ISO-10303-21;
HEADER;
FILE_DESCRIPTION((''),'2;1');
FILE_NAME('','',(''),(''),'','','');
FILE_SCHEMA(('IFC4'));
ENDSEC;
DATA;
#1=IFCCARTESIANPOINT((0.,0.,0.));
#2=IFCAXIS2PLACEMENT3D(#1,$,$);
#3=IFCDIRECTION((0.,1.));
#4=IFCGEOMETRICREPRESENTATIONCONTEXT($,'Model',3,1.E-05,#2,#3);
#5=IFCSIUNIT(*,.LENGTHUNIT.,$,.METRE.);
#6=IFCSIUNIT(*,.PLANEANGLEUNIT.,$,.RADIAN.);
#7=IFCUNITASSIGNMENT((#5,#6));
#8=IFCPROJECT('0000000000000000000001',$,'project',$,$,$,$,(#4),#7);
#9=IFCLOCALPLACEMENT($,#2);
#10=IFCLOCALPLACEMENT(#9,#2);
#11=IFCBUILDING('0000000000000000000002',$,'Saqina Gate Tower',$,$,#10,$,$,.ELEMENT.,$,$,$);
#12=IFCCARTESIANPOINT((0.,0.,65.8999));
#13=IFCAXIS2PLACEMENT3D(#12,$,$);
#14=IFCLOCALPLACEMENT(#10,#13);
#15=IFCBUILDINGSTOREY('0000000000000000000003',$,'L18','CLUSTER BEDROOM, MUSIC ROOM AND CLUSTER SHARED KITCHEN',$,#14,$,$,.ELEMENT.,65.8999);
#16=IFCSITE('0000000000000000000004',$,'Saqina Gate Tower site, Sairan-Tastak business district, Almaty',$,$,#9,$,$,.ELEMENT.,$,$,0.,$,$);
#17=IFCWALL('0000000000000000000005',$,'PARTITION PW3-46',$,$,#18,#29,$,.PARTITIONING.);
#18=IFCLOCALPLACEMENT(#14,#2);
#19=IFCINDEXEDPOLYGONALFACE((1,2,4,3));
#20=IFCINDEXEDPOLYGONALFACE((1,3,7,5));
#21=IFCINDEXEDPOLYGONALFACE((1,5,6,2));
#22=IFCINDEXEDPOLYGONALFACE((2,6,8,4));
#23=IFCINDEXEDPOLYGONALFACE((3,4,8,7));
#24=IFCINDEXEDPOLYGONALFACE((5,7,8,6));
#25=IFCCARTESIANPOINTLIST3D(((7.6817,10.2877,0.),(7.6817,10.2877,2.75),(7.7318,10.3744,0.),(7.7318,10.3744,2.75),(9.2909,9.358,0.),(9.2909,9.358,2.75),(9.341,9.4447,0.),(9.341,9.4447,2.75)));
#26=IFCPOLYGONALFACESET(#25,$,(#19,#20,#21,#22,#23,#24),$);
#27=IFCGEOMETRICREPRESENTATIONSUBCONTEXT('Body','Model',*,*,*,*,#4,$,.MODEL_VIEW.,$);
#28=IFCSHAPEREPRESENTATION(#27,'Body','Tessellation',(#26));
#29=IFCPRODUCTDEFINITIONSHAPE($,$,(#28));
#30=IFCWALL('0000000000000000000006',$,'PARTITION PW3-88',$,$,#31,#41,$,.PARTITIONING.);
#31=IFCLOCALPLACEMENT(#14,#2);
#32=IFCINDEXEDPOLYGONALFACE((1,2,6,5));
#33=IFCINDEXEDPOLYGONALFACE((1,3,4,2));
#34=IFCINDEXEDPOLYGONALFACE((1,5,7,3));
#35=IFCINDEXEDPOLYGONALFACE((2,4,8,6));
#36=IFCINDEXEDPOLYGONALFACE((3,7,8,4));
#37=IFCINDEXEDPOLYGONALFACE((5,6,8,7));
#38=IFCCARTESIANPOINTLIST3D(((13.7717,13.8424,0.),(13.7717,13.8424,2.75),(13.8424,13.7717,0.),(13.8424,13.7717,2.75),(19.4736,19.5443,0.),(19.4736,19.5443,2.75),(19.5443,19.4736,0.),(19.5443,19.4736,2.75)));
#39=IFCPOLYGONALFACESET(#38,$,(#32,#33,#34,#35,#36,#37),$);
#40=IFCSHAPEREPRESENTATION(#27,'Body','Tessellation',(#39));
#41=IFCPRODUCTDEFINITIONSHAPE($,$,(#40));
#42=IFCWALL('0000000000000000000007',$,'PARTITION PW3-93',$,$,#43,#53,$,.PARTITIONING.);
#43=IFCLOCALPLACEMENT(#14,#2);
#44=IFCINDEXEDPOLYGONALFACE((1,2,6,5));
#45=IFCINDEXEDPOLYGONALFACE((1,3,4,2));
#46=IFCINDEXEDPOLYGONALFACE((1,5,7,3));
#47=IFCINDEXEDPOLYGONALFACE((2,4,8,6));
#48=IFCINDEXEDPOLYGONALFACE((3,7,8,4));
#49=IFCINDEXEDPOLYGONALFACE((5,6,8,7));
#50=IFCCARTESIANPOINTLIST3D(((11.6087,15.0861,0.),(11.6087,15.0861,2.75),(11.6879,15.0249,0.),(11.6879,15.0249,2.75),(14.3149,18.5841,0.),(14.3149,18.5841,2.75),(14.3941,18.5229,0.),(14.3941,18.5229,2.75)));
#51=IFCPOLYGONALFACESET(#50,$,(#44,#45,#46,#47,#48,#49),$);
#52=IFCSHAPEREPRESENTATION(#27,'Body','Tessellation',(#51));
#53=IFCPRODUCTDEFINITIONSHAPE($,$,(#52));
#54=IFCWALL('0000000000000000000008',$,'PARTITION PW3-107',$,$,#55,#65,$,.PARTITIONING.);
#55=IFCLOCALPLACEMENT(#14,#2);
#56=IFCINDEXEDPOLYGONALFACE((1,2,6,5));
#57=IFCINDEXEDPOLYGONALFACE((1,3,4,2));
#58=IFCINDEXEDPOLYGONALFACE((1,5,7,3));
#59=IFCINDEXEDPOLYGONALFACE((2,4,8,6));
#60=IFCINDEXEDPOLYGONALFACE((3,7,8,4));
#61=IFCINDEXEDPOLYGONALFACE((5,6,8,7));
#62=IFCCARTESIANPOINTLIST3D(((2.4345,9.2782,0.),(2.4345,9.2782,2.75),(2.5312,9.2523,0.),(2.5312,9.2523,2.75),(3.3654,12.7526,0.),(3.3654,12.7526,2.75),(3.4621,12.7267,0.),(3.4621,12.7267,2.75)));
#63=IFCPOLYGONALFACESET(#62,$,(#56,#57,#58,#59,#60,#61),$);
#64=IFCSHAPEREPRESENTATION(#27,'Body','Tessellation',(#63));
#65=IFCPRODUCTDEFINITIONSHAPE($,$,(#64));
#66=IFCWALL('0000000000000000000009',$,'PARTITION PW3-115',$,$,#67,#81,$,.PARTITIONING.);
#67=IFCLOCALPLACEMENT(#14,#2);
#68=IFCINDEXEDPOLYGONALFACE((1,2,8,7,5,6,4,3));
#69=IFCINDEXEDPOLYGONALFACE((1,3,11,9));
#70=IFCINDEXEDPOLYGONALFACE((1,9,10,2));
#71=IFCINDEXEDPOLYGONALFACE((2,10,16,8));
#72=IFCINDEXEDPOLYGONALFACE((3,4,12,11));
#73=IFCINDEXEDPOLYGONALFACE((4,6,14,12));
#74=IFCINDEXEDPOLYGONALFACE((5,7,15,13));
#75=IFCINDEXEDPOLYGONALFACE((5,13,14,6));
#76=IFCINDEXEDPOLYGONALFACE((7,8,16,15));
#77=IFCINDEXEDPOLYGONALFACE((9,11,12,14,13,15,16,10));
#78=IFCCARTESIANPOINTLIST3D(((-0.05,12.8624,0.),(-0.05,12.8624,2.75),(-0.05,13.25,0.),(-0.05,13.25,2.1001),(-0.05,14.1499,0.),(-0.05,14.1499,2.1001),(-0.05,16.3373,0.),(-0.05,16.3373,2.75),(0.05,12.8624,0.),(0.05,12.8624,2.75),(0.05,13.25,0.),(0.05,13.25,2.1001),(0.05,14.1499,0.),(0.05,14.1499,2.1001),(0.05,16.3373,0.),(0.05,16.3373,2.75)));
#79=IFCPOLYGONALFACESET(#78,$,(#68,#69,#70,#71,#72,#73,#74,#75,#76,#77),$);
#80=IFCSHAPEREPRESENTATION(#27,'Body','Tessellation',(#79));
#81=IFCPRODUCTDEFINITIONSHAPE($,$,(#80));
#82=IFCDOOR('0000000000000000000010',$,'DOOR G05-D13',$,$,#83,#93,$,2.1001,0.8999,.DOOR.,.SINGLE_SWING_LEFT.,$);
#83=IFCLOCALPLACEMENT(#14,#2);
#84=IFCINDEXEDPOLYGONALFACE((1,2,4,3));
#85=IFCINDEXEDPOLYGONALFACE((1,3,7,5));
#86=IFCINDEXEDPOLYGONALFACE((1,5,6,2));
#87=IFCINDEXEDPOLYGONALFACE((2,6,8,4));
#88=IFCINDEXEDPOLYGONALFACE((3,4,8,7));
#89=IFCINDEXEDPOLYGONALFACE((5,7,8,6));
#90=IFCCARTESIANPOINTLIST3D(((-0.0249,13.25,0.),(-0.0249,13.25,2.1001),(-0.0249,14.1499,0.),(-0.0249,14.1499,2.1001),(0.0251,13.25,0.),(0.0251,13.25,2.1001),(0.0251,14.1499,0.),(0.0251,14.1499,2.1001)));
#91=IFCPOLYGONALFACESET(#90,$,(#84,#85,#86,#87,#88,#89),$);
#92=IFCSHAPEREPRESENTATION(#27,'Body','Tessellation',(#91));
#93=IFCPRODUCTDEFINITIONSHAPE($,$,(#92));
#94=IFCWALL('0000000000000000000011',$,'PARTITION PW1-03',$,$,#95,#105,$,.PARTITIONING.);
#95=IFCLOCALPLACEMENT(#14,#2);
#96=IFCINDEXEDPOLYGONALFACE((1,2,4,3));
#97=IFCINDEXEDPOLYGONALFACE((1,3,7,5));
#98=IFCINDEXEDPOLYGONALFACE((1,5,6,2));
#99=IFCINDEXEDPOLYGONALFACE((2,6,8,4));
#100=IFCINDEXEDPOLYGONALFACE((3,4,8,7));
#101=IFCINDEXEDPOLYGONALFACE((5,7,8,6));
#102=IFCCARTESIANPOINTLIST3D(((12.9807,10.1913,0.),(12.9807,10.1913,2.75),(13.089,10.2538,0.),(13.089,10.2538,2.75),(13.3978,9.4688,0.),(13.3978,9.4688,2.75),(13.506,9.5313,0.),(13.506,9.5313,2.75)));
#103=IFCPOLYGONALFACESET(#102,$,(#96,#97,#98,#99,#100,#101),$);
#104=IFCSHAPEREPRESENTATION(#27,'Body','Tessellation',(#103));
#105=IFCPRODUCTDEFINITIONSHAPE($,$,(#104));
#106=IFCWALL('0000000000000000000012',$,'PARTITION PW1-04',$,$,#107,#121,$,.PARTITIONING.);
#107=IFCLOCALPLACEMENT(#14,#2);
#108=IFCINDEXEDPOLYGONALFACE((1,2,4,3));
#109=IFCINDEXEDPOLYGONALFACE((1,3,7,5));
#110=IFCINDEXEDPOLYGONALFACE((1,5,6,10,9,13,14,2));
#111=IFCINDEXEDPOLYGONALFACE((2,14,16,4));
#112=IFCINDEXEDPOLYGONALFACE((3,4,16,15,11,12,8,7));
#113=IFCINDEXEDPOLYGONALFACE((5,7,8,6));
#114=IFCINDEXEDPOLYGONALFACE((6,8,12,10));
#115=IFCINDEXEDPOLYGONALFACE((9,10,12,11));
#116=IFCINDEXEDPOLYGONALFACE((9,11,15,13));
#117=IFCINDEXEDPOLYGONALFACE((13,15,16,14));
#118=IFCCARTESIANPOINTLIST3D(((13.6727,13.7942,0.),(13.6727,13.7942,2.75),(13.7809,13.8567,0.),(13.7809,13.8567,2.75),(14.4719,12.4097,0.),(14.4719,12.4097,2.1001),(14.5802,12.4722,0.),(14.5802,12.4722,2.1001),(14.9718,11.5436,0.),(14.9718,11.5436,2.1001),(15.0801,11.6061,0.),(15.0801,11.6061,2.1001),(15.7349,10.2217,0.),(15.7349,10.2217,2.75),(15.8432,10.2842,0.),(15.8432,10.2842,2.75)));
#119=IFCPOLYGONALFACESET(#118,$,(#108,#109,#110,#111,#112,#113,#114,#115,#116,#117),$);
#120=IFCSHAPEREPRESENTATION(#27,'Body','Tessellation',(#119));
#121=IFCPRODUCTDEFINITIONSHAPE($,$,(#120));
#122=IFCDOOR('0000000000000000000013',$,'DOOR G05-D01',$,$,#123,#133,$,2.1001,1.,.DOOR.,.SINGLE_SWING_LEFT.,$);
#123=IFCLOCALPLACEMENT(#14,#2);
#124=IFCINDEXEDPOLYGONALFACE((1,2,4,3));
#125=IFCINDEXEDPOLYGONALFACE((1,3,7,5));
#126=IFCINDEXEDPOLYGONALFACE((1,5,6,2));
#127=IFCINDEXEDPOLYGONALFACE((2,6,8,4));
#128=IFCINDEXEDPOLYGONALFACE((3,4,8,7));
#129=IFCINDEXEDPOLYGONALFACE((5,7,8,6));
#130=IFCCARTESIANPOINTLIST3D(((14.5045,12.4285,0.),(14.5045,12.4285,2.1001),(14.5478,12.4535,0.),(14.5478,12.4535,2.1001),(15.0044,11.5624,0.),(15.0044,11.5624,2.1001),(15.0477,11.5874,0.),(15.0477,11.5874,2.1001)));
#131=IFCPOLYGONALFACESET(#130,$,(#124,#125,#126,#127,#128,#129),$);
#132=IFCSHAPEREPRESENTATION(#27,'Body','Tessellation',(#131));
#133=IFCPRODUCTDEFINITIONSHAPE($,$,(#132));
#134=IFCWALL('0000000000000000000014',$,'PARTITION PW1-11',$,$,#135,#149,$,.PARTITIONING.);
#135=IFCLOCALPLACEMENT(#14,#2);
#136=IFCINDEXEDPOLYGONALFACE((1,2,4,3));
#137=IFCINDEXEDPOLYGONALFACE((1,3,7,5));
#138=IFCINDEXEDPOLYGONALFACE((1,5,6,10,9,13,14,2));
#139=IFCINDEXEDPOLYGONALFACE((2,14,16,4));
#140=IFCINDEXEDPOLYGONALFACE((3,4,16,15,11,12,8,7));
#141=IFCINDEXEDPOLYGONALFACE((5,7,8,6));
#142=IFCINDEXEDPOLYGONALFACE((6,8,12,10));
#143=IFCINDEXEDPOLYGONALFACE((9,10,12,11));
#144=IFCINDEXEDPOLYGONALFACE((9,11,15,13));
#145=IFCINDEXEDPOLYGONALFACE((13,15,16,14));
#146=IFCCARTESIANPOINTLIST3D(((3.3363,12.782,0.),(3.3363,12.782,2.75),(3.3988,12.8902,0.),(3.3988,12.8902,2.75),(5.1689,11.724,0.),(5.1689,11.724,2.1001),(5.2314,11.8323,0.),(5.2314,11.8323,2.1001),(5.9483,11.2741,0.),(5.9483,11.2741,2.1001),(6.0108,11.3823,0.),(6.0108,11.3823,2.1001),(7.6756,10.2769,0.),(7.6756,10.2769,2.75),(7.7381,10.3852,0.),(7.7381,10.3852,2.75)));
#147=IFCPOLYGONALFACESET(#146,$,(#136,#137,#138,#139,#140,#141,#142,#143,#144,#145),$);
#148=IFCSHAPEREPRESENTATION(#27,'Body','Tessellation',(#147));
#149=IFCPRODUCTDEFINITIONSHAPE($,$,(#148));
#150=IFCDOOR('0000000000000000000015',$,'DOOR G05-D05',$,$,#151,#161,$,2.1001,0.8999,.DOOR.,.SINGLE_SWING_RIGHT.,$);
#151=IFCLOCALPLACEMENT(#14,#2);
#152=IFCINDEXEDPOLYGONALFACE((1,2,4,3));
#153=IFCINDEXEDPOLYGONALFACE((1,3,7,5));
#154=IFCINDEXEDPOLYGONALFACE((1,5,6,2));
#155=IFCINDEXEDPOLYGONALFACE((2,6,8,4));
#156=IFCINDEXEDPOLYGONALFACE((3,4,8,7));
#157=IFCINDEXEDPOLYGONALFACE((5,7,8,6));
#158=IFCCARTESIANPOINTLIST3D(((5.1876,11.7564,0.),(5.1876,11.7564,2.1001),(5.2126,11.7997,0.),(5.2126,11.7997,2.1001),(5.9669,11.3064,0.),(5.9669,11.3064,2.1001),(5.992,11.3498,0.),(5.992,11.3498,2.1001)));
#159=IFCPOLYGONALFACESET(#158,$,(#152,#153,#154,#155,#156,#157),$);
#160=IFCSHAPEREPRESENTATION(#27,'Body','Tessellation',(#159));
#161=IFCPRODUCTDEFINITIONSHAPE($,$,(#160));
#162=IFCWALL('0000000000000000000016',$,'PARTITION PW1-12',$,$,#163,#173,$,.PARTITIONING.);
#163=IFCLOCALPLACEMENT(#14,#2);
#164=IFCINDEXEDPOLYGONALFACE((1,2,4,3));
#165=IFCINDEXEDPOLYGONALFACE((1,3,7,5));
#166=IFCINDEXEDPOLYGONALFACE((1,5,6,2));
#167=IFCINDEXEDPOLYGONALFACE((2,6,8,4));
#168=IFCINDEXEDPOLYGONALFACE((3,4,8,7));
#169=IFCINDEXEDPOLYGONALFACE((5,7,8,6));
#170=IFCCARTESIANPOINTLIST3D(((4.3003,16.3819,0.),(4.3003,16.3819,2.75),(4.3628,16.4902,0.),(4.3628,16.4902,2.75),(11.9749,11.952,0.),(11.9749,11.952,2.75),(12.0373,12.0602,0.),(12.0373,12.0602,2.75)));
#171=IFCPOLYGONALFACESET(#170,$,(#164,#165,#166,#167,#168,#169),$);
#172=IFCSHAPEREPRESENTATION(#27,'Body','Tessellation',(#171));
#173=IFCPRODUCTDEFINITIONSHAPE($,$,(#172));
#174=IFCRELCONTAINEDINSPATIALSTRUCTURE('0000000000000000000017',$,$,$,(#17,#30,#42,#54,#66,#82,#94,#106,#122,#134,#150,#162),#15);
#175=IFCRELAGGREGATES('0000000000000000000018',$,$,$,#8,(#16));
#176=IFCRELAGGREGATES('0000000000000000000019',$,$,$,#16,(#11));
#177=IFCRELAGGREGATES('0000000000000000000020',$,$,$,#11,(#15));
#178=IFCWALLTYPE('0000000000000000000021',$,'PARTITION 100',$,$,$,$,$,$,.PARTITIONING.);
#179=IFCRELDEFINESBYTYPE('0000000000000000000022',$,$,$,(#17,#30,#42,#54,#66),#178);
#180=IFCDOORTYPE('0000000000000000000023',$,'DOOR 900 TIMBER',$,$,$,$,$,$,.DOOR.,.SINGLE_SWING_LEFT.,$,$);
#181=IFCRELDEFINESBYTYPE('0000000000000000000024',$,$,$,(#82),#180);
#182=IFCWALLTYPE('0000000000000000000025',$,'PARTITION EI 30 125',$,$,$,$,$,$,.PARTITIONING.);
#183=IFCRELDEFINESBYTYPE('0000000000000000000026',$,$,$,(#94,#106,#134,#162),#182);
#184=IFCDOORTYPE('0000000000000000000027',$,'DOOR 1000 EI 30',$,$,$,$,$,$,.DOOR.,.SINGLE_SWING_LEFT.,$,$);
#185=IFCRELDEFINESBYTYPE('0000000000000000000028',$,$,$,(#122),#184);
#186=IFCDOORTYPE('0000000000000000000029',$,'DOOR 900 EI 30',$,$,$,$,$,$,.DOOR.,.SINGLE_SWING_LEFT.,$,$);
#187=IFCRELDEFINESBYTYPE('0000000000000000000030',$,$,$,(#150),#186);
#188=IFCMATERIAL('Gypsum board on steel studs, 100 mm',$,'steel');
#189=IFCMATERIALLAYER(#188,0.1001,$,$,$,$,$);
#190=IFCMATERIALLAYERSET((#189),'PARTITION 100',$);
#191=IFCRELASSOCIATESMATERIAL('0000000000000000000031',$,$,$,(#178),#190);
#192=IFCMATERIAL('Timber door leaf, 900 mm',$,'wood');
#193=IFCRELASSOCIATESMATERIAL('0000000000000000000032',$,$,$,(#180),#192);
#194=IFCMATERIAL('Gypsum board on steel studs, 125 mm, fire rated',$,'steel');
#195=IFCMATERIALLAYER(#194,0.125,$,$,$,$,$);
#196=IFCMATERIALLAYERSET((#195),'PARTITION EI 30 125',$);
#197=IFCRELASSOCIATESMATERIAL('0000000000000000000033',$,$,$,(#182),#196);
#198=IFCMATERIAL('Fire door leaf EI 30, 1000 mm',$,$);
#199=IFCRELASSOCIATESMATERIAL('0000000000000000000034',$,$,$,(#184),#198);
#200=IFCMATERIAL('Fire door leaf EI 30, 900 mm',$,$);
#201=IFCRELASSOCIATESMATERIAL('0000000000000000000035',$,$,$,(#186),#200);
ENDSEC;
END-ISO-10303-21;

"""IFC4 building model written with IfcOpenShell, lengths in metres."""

from ifc_helpers import new_model, si_unit, direction, frame, frame_2d, origin, place, context, subcontext, project, spatial, rectangle, extrude, material, layer, layer_set, type_object, element, fill, save


model = new_model("IFC4")

# Units and contexts
model_context = context("Model", 3, precision=1e-05, world=origin(), true_north=direction((0.0, 1.0)))
body_context = subcontext(model_context, "Body", "Model", "MODEL_VIEW")
ifc_project = project(units=[si_unit("LENGTHUNIT", "METRE"), si_unit("PLANEANGLEUNIT", "RADIAN")], contexts=[model_context])

# Site, building, storey
site_placement = place(None, origin())
site = spatial("IfcSite", under=ifc_project, at=site_placement, Name="Saqina Gate Tower site, Sairan-Tastak business district, Almaty", CompositionType="ELEMENT", RefElevation=0.0)
building_placement = place(site_placement, origin())
building = spatial("IfcBuilding", under=site, at=building_placement, Name="Saqina Gate Tower", CompositionType="ELEMENT")
storey_placement = place(building_placement, frame((0.0, 0.0, 65.8999)))
storey = spatial("IfcBuildingStorey", under=building, at=storey_placement, Name="L18", Description="CLUSTER BEDROOM, MUSIC ROOM AND CLUSTER SHARED KITCHEN", CompositionType="ELEMENT", Elevation=65.8999)

# Walls
ifc_material_1 = material(Name="Gypsum board on steel studs, 100 mm", Category="steel")
ifc_layer_1 = layer(ifc_material_1, 0.1001)
ifc_layer_set_1 = layer_set([ifc_layer_1], Name="PARTITION 100")
wall_type_1 = type_object("IfcWallType", Name="PARTITION 100", PredefinedType="PARTITIONING", material=ifc_layer_set_1)
wall_1_placement = place(storey_placement, frame((7.7068, 10.3311, 0.0), z_axis=(0.0, 0.0, 1.0), x_axis=(0.865873, -0.500264, 0.0)))
element("IfcWall", 1, at=wall_1_placement, inside=storey, type_object=wall_type_1, Name="PARTITION PW3-46", PredefinedType="PARTITIONING", context=body_context, shape_type="SweptSolid", body=[
    extrude(rectangle(XDim=1.8584, YDim=0.1001, at=frame_2d((0.9292, 0.0))), origin(), (0.0, 0.0, 1.0), 2.75),
])
wall_2_placement = place(storey_placement, frame((13.8071, 13.8071, 0.0), z_axis=(0.0, 0.0, 1.0), x_axis=(0.707107, 0.707107, 0.0)))
element("IfcWall", 2, at=wall_2_placement, inside=storey, type_object=wall_type_1, Name="PARTITION PW3-88", PredefinedType="PARTITIONING", context=body_context, shape_type="SweptSolid", body=[
    extrude(rectangle(XDim=8.0637, YDim=0.1001, at=frame_2d((4.0317, 0.0))), origin(), (0.0, 0.0, 1.0), 2.75),
])
wall_3_placement = place(storey_placement, frame((11.6482, 15.0554, 0.0), z_axis=(0.0, 0.0, 1.0), x_axis=(0.611909, 0.790928, 0.0)))
element("IfcWall", 3, at=wall_3_placement, inside=storey, type_object=wall_type_1, Name="PARTITION PW3-93", PredefinedType="PARTITIONING", context=body_context, shape_type="SweptSolid", body=[
    extrude(rectangle(XDim=4.4226, YDim=0.1001, at=frame_2d((2.2114, 0.0))), origin(), (0.0, 0.0, 1.0), 2.75),
])
wall_4_placement = place(storey_placement, frame((2.4829, 9.2654, 0.0), z_axis=(0.0, 0.0, 1.0), x_axis=(0.258807, 0.965929, 0.0)))
element("IfcWall", 4, at=wall_4_placement, inside=storey, type_object=wall_type_1, Name="PARTITION PW3-107", PredefinedType="PARTITIONING", context=body_context, shape_type="SweptSolid", body=[
    extrude(rectangle(XDim=3.5969, YDim=0.1001, at=frame_2d((1.7983, 0.0))), origin(), (0.0, 0.0, 1.0), 2.75),
])

# Wall, opening, door
wall_5_placement = place(storey_placement, frame((0.0, 12.8625, 0.0), z_axis=(0.0, 0.0, 1.0), x_axis=(0.0, 1.0, 0.0)))
wall_5 = element("IfcWall", 5, at=wall_5_placement, inside=storey, type_object=wall_type_1, Name="PARTITION PW3-115", PredefinedType="PARTITIONING", context=body_context, shape_type="SweptSolid", body=[
    extrude(rectangle(XDim=3.4749, YDim=0.1001, at=frame_2d((1.7373, 0.0))), origin(), (0.0, 0.0, 1.0), 2.75),
])
opening_1_placement = place(wall_5_placement, frame((0.3875, 0.0, 0.0)))
opening_1 = element("IfcOpeningElement", 6, at=opening_1_placement, cuts=wall_5, PredefinedType="OPENING", context=body_context, shape_type="SweptSolid", body=[
    extrude(rectangle(XDim=0.8999, YDim=2.1001, at=frame_2d((0.45, 1.05))), frame((0.0, 0.062, 0.0), z_axis=(0.0, -1.0, 0.0), x_axis=(1.0, 0.0, 0.0)), (0.0, 0.0, 1.0), 0.124),
])
ifc_material_2 = material(Name="Timber door leaf, 900 mm", Category="wood")
door_type_1 = type_object("IfcDoorType", Name="DOOR 900 TIMBER", OperationType="SINGLE_SWING_LEFT", PredefinedType="DOOR", material=ifc_material_2)
door_1_placement = place(opening_1_placement, origin())
door_1 = element("IfcDoor", 7, at=door_1_placement, inside=storey, type_object=door_type_1, Name="DOOR G05-D13", OperationType="SINGLE_SWING_LEFT", OverallHeight=2.1001, OverallWidth=0.8999, PredefinedType="DOOR", context=body_context, shape_type="SweptSolid", body=[
    extrude(rectangle(XDim=0.8999, YDim=2.1001, at=frame_2d((0.45, 1.05))), frame((0.0, 0.0249, 0.0), z_axis=(0.0, -1.0, 0.0), x_axis=(1.0, 0.0, 0.0)), (0.0, 0.0, 1.0), 0.05),
])
fill(opening_1, door_1)

# Wall
ifc_material_3 = material(Name="Gypsum board on steel studs, 125 mm, fire rated", Category="steel")
ifc_layer_2 = layer(ifc_material_3, 0.125)
ifc_layer_set_2 = layer_set([ifc_layer_2], Name="PARTITION EI 30 125")
wall_type_2 = type_object("IfcWallType", Name="PARTITION EI 30 125", PredefinedType="PARTITIONING", material=ifc_layer_set_2)
wall_6_placement = place(storey_placement, frame((13.0349, 10.2224, 0.0), z_axis=(0.0, 0.0, 1.0), x_axis=(0.499917, -0.866073, 0.0)))
element("IfcWall", 8, at=wall_6_placement, inside=storey, type_object=wall_type_2, Name="PARTITION PW1-03", PredefinedType="PARTITIONING", context=body_context, shape_type="SweptSolid", body=[
    extrude(rectangle(XDim=0.8342, YDim=0.125, at=frame_2d((0.417, 0.0))), origin(), (0.0, 0.0, 1.0), 2.75),
])

# Walls, openings, doors
wall_7_placement = place(storey_placement, frame((13.7268, 13.8254, 0.0), z_axis=(0.0, 0.0, 1.0), x_axis=(0.499939, -0.86606, 0.0)))
wall_7 = element("IfcWall", 9, at=wall_7_placement, inside=storey, type_object=wall_type_2, Name="PARTITION PW1-04", PredefinedType="PARTITIONING", context=body_context, shape_type="SweptSolid", body=[
    extrude(rectangle(XDim=4.125, YDim=0.125, at=frame_2d((2.0625, 0.0))), origin(), (0.0, 0.0, 1.0), 2.75),
])
opening_2_placement = place(wall_7_placement, frame((1.5986, 0.0, 0.0)))
opening_2 = element("IfcOpeningElement", 10, at=opening_2_placement, cuts=wall_7, PredefinedType="OPENING", context=body_context, shape_type="SweptSolid", body=[
    extrude(rectangle(XDim=1.0, YDim=2.1001, at=frame_2d((0.5, 1.05))), frame((0.0, 0.0745, 0.0), z_axis=(0.0, -1.0, 0.0), x_axis=(1.0, 0.0, 0.0)), (0.0, 0.0, 1.0), 0.1489),
])
ifc_material_4 = material(Name="Fire door leaf EI 30, 1000 mm")
door_type_2 = type_object("IfcDoorType", Name="DOOR 1000 EI 30", OperationType="SINGLE_SWING_LEFT", PredefinedType="DOOR", material=ifc_material_4)
door_2_placement = place(opening_2_placement, frame((1.0, 0.0, 0.0), z_axis=(0.0, 0.0, 1.0), x_axis=(-1.0, 0.0, 0.0)))
door_2 = element("IfcDoor", 11, at=door_2_placement, inside=storey, type_object=door_type_2, Name="DOOR G05-D01", OperationType="SINGLE_SWING_LEFT", OverallHeight=2.1001, OverallWidth=1.0, PredefinedType="DOOR", context=body_context, shape_type="SweptSolid", body=[
    extrude(rectangle(XDim=1.0, YDim=2.1001, at=frame_2d((0.5, 1.05))), frame((0.0, 0.0249, 0.0), z_axis=(0.0, -1.0, 0.0), x_axis=(1.0, 0.0, 0.0)), (0.0, 0.0, 1.0), 0.05),
])
fill(opening_2, door_2)
wall_8_placement = place(storey_placement, frame((3.3674, 12.8362, 0.0), z_axis=(0.0, 0.0, 1.0), x_axis=(0.866043, -0.49997, 0.0)))
wall_8 = element("IfcWall", 12, at=wall_8_placement, inside=storey, type_object=wall_type_2, Name="PARTITION PW1-11", PredefinedType="PARTITIONING", context=body_context, shape_type="SweptSolid", body=[
    extrude(rectangle(XDim=5.0105, YDim=0.125, at=frame_2d((2.5054, 0.0))), origin(), (0.0, 0.0, 1.0), 2.75),
])
opening_3_placement = place(wall_8_placement, frame((2.1162, 0.0, 0.0)))
opening_3 = element("IfcOpeningElement", 13, at=opening_3_placement, cuts=wall_8, PredefinedType="OPENING", context=body_context, shape_type="SweptSolid", body=[
    extrude(rectangle(XDim=0.8999, YDim=2.1001, at=frame_2d((0.45, 1.05))), frame((0.0, 0.0745, 0.0), z_axis=(0.0, -1.0, 0.0), x_axis=(1.0, 0.0, 0.0)), (0.0, 0.0, 1.0), 0.1489),
])
ifc_material_5 = material(Name="Fire door leaf EI 30, 900 mm")
door_type_3 = type_object("IfcDoorType", Name="DOOR 900 EI 30", OperationType="SINGLE_SWING_LEFT", PredefinedType="DOOR", material=ifc_material_5)
door_3_placement = place(opening_3_placement, origin())
door_3 = element("IfcDoor", 14, at=door_3_placement, inside=storey, type_object=door_type_3, Name="DOOR G05-D05", OperationType="SINGLE_SWING_RIGHT", OverallHeight=2.1001, OverallWidth=0.8999, PredefinedType="DOOR", context=body_context, shape_type="SweptSolid", body=[
    extrude(rectangle(XDim=0.8999, YDim=2.1001, at=frame_2d((0.45, 1.05))), frame((0.0, 0.0249, 0.0), z_axis=(0.0, -1.0, 0.0), x_axis=(1.0, 0.0, 0.0)), (0.0, 0.0, 1.0), 0.05),
])
fill(opening_3, door_3)

# Wall
wall_9_placement = place(storey_placement, frame((4.3315, 16.436, 0.0), z_axis=(0.0, 0.0, 1.0), x_axis=(0.866073, -0.499917, 0.0)))
element("IfcWall", 15, at=wall_9_placement, inside=storey, type_object=wall_type_2, Name="PARTITION PW1-12", PredefinedType="PARTITIONING", context=body_context, shape_type="SweptSolid", body=[
    extrude(rectangle(XDim=8.8613, YDim=0.125, at=frame_2d((4.4307, 0.0))), origin(), (0.0, 0.0, 1.0), 2.75),
])

save(model, "model.ifc")
